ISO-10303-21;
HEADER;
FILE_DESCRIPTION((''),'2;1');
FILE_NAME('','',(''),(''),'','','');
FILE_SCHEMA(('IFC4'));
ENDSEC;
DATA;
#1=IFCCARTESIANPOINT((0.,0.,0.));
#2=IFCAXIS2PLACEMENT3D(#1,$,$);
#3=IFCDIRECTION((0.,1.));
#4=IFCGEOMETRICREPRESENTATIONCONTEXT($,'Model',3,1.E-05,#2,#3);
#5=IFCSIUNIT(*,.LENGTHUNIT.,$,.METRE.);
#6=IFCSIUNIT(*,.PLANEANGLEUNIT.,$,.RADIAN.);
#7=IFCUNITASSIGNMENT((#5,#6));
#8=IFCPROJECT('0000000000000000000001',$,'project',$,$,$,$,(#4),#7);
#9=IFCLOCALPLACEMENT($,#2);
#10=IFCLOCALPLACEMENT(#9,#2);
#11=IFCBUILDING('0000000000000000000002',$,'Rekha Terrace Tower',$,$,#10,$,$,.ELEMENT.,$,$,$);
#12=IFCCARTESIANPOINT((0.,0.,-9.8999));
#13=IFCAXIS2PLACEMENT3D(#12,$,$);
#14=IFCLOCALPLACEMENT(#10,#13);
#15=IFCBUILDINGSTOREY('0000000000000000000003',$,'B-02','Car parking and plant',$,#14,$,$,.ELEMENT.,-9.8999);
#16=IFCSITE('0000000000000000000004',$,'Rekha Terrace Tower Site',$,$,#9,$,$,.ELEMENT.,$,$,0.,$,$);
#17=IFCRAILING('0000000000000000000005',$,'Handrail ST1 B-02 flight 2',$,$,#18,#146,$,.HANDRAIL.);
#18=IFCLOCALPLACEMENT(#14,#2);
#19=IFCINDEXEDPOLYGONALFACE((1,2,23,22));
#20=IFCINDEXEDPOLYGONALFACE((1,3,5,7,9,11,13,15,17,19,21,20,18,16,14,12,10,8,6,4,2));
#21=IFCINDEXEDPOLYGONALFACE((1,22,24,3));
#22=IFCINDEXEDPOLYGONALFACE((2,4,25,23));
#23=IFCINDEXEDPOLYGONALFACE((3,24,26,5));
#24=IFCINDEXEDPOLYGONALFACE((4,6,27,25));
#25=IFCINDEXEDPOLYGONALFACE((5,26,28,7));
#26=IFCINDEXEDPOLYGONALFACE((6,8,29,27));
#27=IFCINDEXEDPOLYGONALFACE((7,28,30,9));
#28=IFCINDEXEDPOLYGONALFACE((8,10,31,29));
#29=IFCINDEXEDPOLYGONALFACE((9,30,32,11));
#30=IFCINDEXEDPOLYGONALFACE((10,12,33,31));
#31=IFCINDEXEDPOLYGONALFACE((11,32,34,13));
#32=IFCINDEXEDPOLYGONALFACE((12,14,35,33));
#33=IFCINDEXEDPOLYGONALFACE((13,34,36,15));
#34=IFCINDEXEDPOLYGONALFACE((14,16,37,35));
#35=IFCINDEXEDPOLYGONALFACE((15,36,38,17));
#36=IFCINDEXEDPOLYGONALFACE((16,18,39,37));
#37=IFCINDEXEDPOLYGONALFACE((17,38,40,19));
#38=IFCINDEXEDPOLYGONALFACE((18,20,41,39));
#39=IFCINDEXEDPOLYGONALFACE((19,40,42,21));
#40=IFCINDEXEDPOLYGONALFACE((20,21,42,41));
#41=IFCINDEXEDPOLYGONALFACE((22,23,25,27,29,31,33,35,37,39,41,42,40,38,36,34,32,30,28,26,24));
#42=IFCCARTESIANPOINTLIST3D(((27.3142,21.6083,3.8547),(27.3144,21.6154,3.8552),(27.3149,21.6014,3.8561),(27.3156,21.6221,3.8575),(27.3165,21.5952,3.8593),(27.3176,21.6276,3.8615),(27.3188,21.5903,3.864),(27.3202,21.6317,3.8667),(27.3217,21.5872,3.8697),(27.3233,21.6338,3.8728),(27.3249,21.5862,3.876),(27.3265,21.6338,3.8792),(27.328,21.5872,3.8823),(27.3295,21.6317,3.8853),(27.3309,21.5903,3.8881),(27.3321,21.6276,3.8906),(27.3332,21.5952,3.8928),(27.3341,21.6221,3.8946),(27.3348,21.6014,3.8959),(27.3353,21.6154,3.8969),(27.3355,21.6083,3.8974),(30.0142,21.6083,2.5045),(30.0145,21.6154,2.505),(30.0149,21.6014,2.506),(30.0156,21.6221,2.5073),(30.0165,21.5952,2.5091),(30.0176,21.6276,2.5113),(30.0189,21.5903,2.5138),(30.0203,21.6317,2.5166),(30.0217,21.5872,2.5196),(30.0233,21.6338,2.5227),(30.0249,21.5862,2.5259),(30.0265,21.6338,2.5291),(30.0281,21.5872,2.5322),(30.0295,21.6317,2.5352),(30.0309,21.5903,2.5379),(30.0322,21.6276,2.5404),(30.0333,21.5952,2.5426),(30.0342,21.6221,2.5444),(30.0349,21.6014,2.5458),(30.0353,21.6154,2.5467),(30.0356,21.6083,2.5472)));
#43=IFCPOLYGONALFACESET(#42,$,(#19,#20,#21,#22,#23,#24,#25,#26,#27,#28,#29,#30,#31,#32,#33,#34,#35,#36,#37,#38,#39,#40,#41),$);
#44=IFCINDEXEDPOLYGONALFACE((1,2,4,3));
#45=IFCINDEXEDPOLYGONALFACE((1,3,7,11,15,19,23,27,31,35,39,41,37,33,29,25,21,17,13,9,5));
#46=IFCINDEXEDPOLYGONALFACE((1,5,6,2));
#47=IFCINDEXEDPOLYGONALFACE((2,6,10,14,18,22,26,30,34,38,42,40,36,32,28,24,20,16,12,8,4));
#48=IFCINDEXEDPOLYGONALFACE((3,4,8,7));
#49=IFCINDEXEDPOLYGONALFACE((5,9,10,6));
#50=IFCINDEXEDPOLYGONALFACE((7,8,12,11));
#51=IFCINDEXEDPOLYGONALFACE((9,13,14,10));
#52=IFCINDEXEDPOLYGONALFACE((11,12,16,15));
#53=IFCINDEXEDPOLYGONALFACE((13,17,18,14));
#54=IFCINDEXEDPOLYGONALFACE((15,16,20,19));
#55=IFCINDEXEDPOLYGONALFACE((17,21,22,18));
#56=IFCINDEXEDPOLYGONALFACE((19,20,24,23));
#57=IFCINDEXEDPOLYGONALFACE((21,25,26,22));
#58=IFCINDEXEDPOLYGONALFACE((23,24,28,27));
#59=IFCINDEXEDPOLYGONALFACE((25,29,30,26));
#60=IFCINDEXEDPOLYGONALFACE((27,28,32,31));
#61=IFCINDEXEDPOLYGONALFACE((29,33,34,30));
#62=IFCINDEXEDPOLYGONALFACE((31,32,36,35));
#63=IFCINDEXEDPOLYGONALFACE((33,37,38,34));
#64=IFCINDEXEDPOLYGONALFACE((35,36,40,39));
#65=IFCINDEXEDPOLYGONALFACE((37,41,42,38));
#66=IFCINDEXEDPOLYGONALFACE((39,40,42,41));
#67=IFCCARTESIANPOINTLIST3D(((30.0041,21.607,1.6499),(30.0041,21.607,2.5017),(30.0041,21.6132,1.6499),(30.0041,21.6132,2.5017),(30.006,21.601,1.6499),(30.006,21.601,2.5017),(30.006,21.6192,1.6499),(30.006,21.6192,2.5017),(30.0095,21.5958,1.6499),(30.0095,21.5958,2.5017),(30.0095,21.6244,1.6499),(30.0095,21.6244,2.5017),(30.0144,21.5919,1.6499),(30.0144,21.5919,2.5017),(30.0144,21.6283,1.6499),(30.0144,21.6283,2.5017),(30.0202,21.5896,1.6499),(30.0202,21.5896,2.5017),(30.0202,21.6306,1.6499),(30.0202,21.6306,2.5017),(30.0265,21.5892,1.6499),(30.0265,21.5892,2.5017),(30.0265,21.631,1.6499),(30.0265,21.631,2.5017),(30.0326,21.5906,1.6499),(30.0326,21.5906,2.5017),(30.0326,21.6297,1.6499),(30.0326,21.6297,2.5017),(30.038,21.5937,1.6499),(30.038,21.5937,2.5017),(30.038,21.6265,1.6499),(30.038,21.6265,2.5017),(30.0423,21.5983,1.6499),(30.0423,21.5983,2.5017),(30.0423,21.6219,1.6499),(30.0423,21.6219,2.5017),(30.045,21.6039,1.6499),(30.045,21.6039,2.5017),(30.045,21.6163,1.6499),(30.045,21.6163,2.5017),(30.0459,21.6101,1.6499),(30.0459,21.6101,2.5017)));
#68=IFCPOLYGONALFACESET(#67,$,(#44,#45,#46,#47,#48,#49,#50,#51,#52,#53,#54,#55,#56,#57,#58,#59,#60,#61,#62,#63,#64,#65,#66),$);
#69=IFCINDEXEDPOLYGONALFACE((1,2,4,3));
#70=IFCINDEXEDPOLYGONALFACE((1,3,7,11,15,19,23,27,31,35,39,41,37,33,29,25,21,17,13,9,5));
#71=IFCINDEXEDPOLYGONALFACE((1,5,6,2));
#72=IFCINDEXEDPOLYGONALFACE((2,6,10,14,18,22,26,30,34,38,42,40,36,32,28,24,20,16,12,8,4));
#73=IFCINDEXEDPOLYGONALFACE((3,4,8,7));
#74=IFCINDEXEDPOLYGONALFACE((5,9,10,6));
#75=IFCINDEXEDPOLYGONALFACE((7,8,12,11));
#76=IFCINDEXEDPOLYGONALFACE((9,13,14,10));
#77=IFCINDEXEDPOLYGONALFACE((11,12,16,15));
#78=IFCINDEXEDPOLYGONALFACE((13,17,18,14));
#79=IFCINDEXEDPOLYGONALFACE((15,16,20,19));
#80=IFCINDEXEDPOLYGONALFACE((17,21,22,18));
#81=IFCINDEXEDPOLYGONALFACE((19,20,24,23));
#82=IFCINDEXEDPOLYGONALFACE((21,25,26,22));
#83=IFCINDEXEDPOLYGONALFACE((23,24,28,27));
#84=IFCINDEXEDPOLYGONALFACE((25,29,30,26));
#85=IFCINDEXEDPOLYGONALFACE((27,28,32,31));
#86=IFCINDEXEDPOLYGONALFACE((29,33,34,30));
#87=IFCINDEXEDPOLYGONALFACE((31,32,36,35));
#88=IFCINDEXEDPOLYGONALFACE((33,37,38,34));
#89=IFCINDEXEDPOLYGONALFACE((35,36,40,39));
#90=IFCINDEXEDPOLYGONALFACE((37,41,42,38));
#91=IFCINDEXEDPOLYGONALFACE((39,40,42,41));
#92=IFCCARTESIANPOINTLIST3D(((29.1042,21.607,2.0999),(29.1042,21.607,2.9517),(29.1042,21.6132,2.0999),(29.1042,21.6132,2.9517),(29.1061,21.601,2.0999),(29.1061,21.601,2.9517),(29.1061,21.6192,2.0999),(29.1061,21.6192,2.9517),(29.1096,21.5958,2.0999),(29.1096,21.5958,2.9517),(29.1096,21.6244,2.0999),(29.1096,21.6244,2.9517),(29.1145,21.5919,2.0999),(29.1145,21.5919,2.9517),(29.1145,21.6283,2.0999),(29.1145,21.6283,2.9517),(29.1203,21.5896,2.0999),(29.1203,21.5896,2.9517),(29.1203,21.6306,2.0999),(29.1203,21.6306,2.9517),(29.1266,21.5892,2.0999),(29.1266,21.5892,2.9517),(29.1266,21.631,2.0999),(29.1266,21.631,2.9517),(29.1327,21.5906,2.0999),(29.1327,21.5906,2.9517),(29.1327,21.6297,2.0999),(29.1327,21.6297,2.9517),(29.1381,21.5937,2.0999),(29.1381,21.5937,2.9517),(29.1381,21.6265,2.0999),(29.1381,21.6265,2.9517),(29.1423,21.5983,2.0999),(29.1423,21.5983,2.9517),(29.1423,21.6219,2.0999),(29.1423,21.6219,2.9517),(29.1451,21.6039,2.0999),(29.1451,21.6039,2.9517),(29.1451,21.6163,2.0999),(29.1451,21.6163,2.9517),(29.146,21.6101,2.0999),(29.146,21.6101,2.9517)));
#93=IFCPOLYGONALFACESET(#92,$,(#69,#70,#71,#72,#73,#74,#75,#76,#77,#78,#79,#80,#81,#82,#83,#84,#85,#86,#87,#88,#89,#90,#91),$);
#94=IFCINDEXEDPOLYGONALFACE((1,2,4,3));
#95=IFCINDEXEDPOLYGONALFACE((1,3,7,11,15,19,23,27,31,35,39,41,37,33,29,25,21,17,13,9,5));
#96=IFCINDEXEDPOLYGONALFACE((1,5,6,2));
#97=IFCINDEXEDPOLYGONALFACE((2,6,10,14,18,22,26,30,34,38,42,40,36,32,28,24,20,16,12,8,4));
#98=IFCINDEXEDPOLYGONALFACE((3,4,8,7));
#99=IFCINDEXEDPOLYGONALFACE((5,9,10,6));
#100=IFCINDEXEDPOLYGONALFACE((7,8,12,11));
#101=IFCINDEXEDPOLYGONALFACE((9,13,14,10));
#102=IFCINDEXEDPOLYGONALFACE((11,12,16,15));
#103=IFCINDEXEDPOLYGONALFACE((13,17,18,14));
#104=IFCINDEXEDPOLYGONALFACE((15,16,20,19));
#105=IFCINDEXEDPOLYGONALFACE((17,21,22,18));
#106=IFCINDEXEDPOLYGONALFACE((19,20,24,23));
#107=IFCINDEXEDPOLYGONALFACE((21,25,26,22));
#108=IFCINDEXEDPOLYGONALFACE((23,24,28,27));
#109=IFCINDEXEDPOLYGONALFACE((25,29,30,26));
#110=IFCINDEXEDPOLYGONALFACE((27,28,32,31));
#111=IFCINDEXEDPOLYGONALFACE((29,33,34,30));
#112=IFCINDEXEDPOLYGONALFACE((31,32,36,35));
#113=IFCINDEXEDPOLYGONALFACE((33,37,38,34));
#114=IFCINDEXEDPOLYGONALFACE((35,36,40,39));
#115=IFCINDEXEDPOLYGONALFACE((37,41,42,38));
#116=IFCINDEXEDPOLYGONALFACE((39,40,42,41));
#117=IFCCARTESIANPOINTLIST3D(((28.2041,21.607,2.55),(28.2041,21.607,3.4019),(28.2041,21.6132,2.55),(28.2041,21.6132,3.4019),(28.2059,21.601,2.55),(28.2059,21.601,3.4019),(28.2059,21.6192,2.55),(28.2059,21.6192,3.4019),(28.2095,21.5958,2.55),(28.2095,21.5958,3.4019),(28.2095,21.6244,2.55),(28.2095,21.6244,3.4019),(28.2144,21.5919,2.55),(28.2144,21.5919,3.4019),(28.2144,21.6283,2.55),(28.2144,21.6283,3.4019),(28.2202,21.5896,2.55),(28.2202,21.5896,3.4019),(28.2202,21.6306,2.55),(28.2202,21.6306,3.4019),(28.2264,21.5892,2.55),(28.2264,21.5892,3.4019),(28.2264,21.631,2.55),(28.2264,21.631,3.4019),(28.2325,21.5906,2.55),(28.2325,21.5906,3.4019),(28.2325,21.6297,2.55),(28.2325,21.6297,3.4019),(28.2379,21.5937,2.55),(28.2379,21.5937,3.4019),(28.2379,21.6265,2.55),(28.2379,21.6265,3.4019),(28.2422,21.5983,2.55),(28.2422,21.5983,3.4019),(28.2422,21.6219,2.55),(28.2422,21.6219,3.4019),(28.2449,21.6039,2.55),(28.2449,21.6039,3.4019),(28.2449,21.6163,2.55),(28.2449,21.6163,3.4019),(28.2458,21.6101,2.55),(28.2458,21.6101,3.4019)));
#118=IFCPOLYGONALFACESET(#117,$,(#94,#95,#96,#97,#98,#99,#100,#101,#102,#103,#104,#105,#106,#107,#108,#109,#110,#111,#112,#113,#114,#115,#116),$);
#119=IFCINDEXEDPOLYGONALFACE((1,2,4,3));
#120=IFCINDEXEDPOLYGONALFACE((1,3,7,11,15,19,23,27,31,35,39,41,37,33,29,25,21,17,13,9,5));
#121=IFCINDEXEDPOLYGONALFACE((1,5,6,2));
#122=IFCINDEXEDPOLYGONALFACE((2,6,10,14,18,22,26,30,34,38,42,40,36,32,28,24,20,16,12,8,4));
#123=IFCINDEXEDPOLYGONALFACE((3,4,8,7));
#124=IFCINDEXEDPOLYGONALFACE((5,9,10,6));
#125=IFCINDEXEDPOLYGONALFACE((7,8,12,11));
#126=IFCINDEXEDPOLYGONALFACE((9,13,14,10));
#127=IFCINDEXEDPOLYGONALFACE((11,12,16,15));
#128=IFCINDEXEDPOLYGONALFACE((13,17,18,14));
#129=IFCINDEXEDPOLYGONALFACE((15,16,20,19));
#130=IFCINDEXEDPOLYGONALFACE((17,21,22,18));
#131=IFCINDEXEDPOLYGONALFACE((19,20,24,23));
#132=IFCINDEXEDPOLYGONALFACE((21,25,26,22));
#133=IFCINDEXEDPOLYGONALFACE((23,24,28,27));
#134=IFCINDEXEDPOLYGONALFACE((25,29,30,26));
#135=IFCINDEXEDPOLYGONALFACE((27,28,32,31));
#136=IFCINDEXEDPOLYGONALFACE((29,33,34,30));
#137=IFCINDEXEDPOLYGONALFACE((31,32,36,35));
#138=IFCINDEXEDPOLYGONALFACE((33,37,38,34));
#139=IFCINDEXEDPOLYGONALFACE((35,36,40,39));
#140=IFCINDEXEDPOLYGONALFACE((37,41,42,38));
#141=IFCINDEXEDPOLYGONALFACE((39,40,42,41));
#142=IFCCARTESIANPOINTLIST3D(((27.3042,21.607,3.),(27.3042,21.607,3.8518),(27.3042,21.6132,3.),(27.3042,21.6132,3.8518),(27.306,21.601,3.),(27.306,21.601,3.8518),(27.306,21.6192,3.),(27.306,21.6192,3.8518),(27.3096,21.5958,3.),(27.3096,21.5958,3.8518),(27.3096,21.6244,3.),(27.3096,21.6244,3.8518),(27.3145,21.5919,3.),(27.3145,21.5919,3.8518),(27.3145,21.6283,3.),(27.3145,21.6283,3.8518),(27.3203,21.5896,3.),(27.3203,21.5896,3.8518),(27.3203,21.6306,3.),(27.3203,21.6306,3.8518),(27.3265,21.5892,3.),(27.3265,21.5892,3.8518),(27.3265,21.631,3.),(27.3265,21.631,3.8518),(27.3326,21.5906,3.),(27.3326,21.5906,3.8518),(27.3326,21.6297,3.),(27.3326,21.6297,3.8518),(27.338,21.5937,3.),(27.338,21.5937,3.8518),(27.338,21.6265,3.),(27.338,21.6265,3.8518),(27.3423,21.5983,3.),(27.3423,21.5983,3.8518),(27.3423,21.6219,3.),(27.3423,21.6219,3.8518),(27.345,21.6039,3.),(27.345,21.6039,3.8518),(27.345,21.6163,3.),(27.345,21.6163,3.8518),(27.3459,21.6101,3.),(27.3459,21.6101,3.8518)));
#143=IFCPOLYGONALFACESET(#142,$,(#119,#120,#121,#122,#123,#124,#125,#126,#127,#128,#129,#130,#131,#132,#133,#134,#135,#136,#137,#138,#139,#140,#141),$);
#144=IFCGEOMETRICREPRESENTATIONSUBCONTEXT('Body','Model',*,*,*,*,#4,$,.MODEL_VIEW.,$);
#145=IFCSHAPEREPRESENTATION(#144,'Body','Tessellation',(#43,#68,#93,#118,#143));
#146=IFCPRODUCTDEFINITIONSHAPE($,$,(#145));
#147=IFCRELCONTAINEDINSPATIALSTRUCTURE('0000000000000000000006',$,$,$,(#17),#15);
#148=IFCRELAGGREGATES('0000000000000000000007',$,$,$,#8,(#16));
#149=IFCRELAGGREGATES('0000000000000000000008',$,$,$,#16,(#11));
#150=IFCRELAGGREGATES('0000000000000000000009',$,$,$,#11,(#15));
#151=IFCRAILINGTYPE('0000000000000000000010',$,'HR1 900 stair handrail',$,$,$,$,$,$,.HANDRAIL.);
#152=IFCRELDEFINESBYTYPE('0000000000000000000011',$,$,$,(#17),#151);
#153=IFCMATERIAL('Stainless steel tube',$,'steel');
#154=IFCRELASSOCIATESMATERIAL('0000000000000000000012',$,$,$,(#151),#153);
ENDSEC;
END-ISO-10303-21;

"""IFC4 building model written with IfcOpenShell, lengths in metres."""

from ifc_helpers import new_model, si_unit, direction, frame, origin, origin_2d, place, context, subcontext, project, spatial, circle, extrude, material, type_object, element, save


model = new_model("IFC4")

# Units and contexts
model_context = context("Model", 3, precision=1e-05, world=origin(), true_north=direction((0.0, 1.0)))
body_context = subcontext(model_context, "Body", "Model", "MODEL_VIEW")
ifc_project = project(units=[si_unit("LENGTHUNIT", "METRE"), si_unit("PLANEANGLEUNIT", "RADIAN")], contexts=[model_context])

# Site, building, storey
site_placement = place(None, origin())
site = spatial("IfcSite", under=ifc_project, at=site_placement, Name="Rekha Terrace Tower Site", CompositionType="ELEMENT", RefElevation=0.0)
building_placement = place(site_placement, origin())
building = spatial("IfcBuilding", under=site, at=building_placement, Name="Rekha Terrace Tower", CompositionType="ELEMENT")
storey_placement = place(building_placement, frame((0.0, 0.0, -9.8999)))
storey = spatial("IfcBuildingStorey", under=building, at=storey_placement, Name="B-02", Description="Car parking and plant", CompositionType="ELEMENT", Elevation=-9.8999)

# Railing
ifc_material_1 = material(Name="Stainless steel tube", Category="steel")
railing_type_1 = type_object("IfcRailingType", Name="HR1 900 stair handrail", PredefinedType="HANDRAIL", material=ifc_material_1)
railing_1_placement = place(storey_placement, frame((30.0249, 21.6101, 1.6499)))
element("IfcRailing", 1, at=railing_1_placement, inside=storey, type_object=railing_type_1, Name="Handrail ST1 B-02 flight 2", PredefinedType="HANDRAIL", context=body_context, shape_type="SweptSolid", body=[
    extrude(circle(Radius=0.0239, at=origin_2d()), frame((0.0, 0.0, 0.876), z_axis=(-0.894411, 0.0, 0.447246), x_axis=(0.0, -1.0, 0.0)), (0.0, 0.0, 1.0), 3.0188),
    extrude(circle(Radius=0.021, at=origin_2d()), origin(), (0.0, 0.0, 1.0), 0.8518),
    extrude(circle(Radius=0.021, at=origin_2d()), frame((-0.8999, 0.0, 0.45)), (0.0, 0.0, 1.0), 0.8518),
    extrude(circle(Radius=0.021, at=origin_2d()), frame((-1.8, 0.0, 0.9001)), (0.0, 0.0, 1.0), 0.8518),
    extrude(circle(Radius=0.021, at=origin_2d()), frame((-2.7, 0.0, 1.3501)), (0.0, 0.0, 1.0), 0.8518),
])

save(model, "model.ifc")
